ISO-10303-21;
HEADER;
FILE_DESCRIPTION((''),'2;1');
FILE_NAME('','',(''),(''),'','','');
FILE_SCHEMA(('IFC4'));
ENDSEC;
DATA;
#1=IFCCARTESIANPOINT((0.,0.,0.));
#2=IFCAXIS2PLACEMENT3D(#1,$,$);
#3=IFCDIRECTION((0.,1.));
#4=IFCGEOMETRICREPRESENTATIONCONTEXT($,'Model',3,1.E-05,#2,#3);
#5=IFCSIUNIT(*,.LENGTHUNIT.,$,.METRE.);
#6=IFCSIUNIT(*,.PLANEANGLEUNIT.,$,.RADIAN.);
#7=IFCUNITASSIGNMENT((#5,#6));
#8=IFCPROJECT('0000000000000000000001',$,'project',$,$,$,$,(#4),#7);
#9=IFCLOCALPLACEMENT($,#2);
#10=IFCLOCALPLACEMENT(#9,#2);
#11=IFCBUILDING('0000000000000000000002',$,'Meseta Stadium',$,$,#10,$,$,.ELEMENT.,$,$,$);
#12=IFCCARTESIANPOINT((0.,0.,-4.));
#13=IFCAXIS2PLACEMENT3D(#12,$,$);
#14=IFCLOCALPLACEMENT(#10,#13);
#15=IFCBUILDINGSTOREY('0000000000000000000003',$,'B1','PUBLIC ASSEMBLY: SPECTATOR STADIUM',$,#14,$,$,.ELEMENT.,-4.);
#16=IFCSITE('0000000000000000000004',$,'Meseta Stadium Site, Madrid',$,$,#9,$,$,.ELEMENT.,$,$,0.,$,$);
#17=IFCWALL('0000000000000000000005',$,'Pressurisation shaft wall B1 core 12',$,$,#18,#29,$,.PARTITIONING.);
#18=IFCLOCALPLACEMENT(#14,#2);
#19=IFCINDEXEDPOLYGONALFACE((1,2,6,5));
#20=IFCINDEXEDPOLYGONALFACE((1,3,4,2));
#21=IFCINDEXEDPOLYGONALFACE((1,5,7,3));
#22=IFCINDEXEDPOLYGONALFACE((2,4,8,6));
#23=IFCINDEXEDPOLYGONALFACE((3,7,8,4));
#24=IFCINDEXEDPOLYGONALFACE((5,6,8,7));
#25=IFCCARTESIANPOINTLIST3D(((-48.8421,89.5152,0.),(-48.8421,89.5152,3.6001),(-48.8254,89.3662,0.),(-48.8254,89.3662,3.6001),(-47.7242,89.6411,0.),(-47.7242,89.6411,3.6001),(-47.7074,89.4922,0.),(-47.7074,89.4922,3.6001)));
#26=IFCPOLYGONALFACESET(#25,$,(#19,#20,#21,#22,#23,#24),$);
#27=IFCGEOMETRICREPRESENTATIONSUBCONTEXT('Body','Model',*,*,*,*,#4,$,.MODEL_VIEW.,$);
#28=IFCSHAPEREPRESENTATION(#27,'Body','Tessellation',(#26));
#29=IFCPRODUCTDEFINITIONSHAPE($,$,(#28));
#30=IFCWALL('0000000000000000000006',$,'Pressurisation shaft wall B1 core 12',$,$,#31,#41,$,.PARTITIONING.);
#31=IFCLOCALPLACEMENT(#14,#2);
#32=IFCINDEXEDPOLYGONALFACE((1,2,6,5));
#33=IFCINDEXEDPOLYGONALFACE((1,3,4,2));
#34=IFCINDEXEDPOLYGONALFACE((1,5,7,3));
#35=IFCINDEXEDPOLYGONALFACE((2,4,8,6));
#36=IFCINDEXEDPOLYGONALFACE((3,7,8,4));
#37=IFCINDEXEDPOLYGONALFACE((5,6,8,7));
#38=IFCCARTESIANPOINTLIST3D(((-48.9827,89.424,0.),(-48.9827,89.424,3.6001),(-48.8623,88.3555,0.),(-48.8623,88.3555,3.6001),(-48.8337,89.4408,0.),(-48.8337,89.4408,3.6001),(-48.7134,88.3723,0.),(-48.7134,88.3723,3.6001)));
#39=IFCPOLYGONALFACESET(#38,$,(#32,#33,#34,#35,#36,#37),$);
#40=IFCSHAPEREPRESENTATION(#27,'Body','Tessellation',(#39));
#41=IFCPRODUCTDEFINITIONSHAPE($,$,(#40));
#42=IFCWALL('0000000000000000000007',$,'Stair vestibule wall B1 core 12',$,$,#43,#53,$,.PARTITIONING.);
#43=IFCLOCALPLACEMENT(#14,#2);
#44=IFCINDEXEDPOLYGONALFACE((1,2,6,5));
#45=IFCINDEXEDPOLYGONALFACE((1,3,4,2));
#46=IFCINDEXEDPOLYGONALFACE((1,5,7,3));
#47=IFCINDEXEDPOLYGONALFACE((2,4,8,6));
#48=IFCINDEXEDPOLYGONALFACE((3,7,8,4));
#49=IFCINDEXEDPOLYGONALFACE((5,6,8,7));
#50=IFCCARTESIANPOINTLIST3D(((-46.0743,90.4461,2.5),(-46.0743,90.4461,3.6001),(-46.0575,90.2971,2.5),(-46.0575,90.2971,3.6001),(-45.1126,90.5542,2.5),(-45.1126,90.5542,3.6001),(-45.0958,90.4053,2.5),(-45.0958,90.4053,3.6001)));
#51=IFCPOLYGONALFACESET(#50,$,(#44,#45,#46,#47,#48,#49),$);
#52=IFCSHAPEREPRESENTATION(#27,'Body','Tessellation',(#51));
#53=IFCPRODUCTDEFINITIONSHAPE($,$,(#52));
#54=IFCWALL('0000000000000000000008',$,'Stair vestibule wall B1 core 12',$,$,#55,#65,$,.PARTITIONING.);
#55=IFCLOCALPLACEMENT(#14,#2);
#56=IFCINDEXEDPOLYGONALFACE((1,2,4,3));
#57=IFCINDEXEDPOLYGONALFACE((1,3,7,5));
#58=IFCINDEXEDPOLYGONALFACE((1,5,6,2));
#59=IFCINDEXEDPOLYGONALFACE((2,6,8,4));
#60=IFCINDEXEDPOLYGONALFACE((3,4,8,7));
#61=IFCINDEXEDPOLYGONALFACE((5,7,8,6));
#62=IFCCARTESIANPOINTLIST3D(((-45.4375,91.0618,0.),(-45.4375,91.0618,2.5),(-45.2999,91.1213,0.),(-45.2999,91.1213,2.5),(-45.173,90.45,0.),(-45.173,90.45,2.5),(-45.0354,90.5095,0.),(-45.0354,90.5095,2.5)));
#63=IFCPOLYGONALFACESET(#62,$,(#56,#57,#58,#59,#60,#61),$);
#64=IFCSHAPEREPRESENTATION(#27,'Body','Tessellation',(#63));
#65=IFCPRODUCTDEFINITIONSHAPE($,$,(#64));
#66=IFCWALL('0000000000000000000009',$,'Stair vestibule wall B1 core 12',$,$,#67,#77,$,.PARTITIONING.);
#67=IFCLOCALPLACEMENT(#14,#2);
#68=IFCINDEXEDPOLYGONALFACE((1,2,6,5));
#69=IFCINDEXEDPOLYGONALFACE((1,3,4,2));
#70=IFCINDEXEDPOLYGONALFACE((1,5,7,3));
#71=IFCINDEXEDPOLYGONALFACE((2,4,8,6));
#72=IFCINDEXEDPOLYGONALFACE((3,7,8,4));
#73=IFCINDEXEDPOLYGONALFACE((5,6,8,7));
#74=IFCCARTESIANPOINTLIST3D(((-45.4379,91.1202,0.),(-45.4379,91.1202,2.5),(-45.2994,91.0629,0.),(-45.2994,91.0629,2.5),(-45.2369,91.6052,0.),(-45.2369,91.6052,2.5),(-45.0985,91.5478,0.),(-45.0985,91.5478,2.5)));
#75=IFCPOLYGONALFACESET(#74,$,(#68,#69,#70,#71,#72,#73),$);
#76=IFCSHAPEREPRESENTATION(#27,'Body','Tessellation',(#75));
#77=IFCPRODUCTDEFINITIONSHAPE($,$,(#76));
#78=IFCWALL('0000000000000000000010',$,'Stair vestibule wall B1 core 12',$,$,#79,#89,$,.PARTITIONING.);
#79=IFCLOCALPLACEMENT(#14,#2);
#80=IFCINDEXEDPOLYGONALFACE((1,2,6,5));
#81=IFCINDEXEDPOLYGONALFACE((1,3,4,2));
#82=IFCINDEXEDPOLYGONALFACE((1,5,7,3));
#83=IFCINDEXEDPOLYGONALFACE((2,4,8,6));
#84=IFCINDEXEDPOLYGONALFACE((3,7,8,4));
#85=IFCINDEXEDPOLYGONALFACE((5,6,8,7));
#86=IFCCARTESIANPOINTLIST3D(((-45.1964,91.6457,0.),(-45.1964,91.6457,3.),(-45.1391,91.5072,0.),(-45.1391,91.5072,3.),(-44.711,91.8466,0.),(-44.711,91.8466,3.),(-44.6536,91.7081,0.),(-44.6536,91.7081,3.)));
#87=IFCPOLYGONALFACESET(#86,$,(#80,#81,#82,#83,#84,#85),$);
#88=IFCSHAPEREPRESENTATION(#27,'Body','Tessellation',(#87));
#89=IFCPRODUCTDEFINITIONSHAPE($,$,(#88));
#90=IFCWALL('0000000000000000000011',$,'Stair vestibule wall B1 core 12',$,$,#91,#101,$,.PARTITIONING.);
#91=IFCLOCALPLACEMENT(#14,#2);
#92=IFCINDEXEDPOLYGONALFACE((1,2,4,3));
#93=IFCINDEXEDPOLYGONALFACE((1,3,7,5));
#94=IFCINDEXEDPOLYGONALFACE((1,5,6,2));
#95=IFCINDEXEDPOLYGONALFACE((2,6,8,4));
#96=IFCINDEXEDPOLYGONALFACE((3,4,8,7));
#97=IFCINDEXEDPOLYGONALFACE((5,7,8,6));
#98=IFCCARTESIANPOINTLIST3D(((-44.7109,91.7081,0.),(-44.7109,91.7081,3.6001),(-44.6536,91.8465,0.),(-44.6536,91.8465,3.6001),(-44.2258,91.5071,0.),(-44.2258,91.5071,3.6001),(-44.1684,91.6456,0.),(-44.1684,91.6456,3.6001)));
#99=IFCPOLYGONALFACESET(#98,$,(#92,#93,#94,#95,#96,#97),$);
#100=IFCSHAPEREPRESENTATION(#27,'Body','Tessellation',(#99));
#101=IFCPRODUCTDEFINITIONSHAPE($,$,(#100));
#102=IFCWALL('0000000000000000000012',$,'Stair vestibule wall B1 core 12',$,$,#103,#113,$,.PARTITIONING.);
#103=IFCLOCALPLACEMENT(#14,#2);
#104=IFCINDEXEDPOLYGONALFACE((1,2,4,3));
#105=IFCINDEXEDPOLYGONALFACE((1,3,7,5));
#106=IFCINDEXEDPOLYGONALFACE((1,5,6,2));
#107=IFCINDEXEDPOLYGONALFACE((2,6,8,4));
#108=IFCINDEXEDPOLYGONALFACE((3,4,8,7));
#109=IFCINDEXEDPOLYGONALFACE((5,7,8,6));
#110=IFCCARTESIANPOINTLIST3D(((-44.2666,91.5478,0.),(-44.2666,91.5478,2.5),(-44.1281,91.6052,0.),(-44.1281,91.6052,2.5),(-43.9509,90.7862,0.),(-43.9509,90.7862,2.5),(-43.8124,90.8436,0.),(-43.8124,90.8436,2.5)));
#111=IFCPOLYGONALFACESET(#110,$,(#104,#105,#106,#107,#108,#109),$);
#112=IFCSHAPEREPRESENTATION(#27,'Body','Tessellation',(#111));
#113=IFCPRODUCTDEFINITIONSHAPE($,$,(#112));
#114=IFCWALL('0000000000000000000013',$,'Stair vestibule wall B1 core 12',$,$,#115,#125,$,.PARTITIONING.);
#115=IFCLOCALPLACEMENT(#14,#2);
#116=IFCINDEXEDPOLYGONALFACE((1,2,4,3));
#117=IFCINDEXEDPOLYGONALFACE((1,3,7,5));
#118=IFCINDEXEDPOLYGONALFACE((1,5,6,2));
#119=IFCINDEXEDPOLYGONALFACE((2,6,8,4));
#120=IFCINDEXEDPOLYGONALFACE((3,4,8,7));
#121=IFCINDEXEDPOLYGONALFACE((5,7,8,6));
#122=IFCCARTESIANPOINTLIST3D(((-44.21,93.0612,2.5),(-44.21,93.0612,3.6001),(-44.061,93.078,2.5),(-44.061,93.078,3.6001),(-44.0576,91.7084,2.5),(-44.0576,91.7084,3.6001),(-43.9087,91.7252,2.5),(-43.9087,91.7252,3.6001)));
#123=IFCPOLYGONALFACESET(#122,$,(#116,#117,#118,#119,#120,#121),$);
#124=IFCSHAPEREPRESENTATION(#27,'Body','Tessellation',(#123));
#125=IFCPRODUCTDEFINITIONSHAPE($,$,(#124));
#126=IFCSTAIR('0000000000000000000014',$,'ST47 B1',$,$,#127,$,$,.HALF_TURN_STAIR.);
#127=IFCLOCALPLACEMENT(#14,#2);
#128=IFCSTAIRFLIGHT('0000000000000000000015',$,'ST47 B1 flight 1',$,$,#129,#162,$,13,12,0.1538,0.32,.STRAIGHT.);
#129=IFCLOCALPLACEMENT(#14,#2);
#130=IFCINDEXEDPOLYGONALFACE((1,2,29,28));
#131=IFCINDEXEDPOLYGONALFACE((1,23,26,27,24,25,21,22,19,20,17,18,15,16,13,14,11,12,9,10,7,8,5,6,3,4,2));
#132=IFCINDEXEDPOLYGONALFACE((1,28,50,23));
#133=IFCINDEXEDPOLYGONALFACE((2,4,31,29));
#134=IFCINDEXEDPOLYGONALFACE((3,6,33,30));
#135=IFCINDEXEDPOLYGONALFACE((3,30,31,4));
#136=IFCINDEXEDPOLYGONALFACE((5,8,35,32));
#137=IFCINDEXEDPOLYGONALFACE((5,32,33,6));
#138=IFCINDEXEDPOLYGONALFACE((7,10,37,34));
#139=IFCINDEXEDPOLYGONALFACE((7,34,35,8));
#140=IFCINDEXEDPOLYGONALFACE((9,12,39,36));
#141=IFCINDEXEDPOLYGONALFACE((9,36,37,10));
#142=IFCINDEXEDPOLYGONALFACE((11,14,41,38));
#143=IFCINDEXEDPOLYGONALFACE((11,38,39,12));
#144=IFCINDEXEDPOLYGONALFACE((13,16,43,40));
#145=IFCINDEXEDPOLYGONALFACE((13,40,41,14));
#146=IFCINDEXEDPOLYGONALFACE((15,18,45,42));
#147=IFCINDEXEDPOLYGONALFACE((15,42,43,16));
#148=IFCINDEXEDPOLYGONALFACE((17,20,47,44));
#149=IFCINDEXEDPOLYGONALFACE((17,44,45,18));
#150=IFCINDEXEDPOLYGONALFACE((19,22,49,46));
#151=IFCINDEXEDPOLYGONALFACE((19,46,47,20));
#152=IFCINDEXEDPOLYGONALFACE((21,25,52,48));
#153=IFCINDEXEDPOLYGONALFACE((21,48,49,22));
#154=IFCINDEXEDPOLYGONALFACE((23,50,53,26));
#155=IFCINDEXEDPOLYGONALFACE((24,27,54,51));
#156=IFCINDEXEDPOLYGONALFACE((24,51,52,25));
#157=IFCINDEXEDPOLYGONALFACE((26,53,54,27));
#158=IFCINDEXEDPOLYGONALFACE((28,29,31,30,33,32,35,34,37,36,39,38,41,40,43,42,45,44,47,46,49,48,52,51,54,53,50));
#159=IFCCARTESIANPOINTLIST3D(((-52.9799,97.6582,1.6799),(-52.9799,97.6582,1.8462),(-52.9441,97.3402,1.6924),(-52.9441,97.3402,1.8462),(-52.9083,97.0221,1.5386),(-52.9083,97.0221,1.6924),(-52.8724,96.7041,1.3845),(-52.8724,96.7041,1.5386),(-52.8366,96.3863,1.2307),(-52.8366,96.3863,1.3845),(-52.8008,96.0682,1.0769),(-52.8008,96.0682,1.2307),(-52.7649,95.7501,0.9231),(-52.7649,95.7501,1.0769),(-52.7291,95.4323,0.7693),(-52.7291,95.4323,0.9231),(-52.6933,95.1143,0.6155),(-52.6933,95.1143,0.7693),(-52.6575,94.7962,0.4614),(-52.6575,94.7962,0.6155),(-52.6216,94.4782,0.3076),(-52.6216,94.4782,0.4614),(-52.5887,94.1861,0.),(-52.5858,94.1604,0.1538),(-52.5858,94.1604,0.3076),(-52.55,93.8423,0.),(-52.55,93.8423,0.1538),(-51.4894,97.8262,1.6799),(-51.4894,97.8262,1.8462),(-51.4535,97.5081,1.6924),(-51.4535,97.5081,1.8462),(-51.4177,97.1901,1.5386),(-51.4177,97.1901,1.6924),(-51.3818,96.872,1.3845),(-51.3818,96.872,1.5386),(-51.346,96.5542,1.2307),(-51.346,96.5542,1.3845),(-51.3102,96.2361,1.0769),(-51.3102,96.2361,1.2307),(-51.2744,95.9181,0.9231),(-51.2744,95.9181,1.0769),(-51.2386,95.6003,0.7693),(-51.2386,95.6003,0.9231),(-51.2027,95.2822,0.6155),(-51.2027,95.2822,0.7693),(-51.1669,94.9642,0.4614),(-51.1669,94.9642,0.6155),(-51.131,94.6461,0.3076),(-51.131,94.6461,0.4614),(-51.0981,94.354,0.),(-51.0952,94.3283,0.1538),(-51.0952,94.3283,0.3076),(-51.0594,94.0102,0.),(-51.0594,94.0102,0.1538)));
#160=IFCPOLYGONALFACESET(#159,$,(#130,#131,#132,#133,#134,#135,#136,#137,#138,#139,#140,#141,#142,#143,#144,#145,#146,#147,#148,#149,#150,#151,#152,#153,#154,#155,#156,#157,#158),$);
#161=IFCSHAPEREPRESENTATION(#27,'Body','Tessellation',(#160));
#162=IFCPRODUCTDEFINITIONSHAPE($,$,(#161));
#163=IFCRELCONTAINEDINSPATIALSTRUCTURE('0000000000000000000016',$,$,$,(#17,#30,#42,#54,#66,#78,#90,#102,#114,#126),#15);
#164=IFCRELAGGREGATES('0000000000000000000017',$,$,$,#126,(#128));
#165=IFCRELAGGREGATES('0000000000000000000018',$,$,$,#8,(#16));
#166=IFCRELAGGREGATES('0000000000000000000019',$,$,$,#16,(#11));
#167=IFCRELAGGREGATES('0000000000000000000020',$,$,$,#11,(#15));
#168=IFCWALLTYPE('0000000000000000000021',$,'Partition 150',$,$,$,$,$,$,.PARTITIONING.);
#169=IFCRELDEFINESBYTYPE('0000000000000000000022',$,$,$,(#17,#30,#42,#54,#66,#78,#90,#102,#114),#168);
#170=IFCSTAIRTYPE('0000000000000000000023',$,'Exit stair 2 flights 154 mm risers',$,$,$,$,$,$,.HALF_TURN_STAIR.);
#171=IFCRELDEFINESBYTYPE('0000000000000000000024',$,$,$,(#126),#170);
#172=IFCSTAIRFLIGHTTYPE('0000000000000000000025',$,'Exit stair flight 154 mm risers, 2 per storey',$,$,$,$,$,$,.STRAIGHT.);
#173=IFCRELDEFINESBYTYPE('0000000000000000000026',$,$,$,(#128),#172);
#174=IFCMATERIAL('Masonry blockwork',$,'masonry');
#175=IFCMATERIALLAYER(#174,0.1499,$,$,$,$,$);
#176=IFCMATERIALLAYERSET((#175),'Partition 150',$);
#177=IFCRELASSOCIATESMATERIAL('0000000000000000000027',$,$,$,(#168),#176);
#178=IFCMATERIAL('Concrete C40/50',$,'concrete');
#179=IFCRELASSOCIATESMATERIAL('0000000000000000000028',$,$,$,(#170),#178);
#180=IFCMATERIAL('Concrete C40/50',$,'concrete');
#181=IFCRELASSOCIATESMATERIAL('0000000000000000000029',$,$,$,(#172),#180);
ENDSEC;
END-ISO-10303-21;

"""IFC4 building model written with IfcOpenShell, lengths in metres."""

from ifc_helpers import new_model, si_unit, direction, frame, frame_2d, origin, place, context, subcontext, project, spatial, polyline, rectangle, outline, extrude, material, layer, layer_set, type_object, element, aggregate, save


model = new_model("IFC4")

# Units and contexts
model_context = context("Model", 3, precision=1e-05, world=origin(), true_north=direction((0.0, 1.0)))
body_context = subcontext(model_context, "Body", "Model", "MODEL_VIEW")
ifc_project = project(units=[si_unit("LENGTHUNIT", "METRE"), si_unit("PLANEANGLEUNIT", "RADIAN")], contexts=[model_context])

# Site, building, storey
site_placement = place(None, origin())
site = spatial("IfcSite", under=ifc_project, at=site_placement, Name="Meseta Stadium Site, Madrid", CompositionType="ELEMENT", RefElevation=0.0)
building_placement = place(site_placement, origin())
building = spatial("IfcBuilding", under=site, at=building_placement, Name="Meseta Stadium", CompositionType="ELEMENT")
storey_placement = place(building_placement, frame((0.0, 0.0, -4.0)))
storey = spatial("IfcBuildingStorey", under=building, at=storey_placement, Name="B1", Description="PUBLIC ASSEMBLY: SPECTATOR STADIUM", CompositionType="ELEMENT", Elevation=-4.0)

# Walls
ifc_material_1 = material(Name="Masonry blockwork", Category="masonry")
ifc_layer_1 = layer(ifc_material_1, 0.1499)
ifc_layer_set_1 = layer_set([ifc_layer_1], Name="Partition 150")
wall_type_1 = type_object("IfcWallType", Name="Partition 150", PredefinedType="PARTITIONING", material=ifc_layer_set_1)
wall_1_placement = place(storey_placement, frame((-47.7158, 89.5667, 0.0), z_axis=(0.0, 0.0, 1.0), x_axis=(-0.993711, -0.11198, 0.0)))
element("IfcWall", 1, at=wall_1_placement, inside=storey, type_object=wall_type_1, Name="Pressurisation shaft wall B1 core 12", PredefinedType="PARTITIONING", context=body_context, shape_type="SweptSolid", body=[
    extrude(rectangle(XDim=1.125, YDim=0.1499, at=frame_2d((0.5625, 0.0))), origin(), (0.0, 0.0, 1.0), 3.6001),
])
wall_2_placement = place(storey_placement, frame((-48.9082, 89.4324, 0.0), z_axis=(0.0, 0.0, 1.0), x_axis=(0.111952, -0.993714, 0.0)))
element("IfcWall", 2, at=wall_2_placement, inside=storey, type_object=wall_type_1, Name="Pressurisation shaft wall B1 core 12", PredefinedType="PARTITIONING", context=body_context, shape_type="SweptSolid", body=[
    extrude(rectangle(XDim=1.0752, YDim=0.1499, at=frame_2d((0.5376, 0.0))), origin(), (0.0, 0.0, 1.0), 3.6001),
])
wall_3_placement = place(storey_placement, frame((-46.0659, 90.3716, 2.5), z_axis=(0.0, 0.0, 1.0), x_axis=(0.993735, 0.111761, 0.0)))
element("IfcWall", 3, at=wall_3_placement, inside=storey, type_object=wall_type_1, Name="Stair vestibule wall B1 core 12", PredefinedType="PARTITIONING", context=body_context, shape_type="SweptSolid", body=[
    extrude(rectangle(XDim=0.9678, YDim=0.1499, at=frame_2d((0.4839, 0.0))), origin(), (0.0, 0.0, 1.0), 1.1001),
])
wall_4_placement = place(storey_placement, frame((-45.1042, 90.4797, 0.0), z_axis=(0.0, 0.0, 1.0), x_axis=(-0.396703, 0.917947, 0.0)))
element("IfcWall", 4, at=wall_4_placement, inside=storey, type_object=wall_type_1, Name="Stair vestibule wall B1 core 12", PredefinedType="PARTITIONING", context=body_context, shape_type="SweptSolid", body=[
    extrude(rectangle(XDim=0.6665, YDim=0.1499, at=frame_2d((0.3333, 0.0))), origin(), (0.0, 0.0, 1.0), 2.5),
])
wall_5_placement = place(storey_placement, frame((-45.3687, 91.0916, 0.0), z_axis=(0.0, 0.0, 1.0), x_axis=(0.382831, 0.923818, 0.0)))
element("IfcWall", 5, at=wall_5_placement, inside=storey, type_object=wall_type_1, Name="Stair vestibule wall B1 core 12", PredefinedType="PARTITIONING", context=body_context, shape_type="SweptSolid", body=[
    extrude(rectangle(XDim=0.5249, YDim=0.1499, at=frame_2d((0.2625, 0.0))), origin(), (0.0, 0.0, 1.0), 2.5),
])
wall_6_placement = place(storey_placement, frame((-45.1677, 91.5764, 0.0), z_axis=(0.0, 0.0, 1.0), x_axis=(0.923955, 0.382502, 0.0)))
element("IfcWall", 6, at=wall_6_placement, inside=storey, type_object=wall_type_1, Name="Stair vestibule wall B1 core 12", PredefinedType="PARTITIONING", context=body_context, shape_type="SweptSolid", body=[
    extrude(rectangle(XDim=0.5254, YDim=0.1499, at=frame_2d((0.2627, 0.0))), origin(), (0.0, 0.0, 1.0), 3.0),
])
wall_7_placement = place(storey_placement, frame((-44.6824, 91.7773, 0.0), z_axis=(0.0, 0.0, 1.0), x_axis=(0.923886, -0.382667, 0.0)))
element("IfcWall", 7, at=wall_7_placement, inside=storey, type_object=wall_type_1, Name="Stair vestibule wall B1 core 12", PredefinedType="PARTITIONING", context=body_context, shape_type="SweptSolid", body=[
    extrude(rectangle(XDim=0.5251, YDim=0.1499, at=frame_2d((0.2627, 0.0))), origin(), (0.0, 0.0, 1.0), 3.6001),
])
wall_8_placement = place(storey_placement, frame((-44.1973, 91.5764, 0.0), z_axis=(0.0, 0.0, 1.0), x_axis=(0.382849, -0.923811, 0.0)))
element("IfcWall", 8, at=wall_8_placement, inside=storey, type_object=wall_type_1, Name="Stair vestibule wall B1 core 12", PredefinedType="PARTITIONING", context=body_context, shape_type="SweptSolid", body=[
    extrude(rectangle(XDim=0.8245, YDim=0.1499, at=frame_2d((0.4121, 0.0))), origin(), (0.0, 0.0, 1.0), 2.5),
])
wall_9_placement = place(storey_placement, frame((-43.9832, 91.7168, 2.5), z_axis=(0.0, 0.0, 1.0), x_axis=(-0.111908, 0.993719, 0.0)))
element("IfcWall", 9, at=wall_9_placement, inside=storey, type_object=wall_type_1, Name="Stair vestibule wall B1 core 12", PredefinedType="PARTITIONING", context=body_context, shape_type="SweptSolid", body=[
    extrude(rectangle(XDim=1.3613, YDim=0.1499, at=frame_2d((0.6807, 0.0))), origin(), (0.0, 0.0, 1.0), 1.1001),
])

# Stair, stair flight
ifc_material_2 = material(Name="Concrete C40/50", Category="concrete")
stair_type = type_object("IfcStairType", Name="Exit stair 2 flights 154 mm risers", PredefinedType="HALF_TURN_STAIR", material=ifc_material_2)
stair_placement = place(storey_placement, origin())
stair = element("IfcStair", 10, at=stair_placement, inside=storey, type_object=stair_type, Name="ST47 B1", PredefinedType="HALF_TURN_STAIR")
ifc_material_3 = material(Name="Concrete C40/50", Category="concrete")
stair_flight_type = type_object("IfcStairFlightType", Name="Exit stair flight 154 mm risers, 2 per storey", PredefinedType="STRAIGHT", material=ifc_material_3)
stair_flight_placement = place(storey_placement, frame((-51.8047, 93.9263, 0.0), z_axis=(0.0, 0.0, 1.0), x_axis=(-0.111964, 0.993712, 0.0)))
stair_flight = element("IfcStairFlight", 11, at=stair_flight_placement, type_object=stair_flight_type, Name="ST47 B1 flight 1", NumberOfRisers=13, NumberOfTreads=12, PredefinedType="STRAIGHT", RiserHeight=0.1538, TreadLength=0.32, context=body_context, shape_type="SweptSolid", body=[
    extrude(outline(polyline([(0.0, 0.0), (0.0, 0.1538), (0.3201, 0.1538), (0.3201, 0.3076), (0.6399, 0.3076), (0.6399, 0.4614), (0.96, 0.4614), (0.96, 0.6155), (1.28, 0.6155), (1.28, 0.7693), (1.6001, 0.7693), (1.6001, 0.9231), (1.9199, 0.9231), (1.9199, 1.0769), (2.24, 1.0769), (2.24, 1.2307), (2.5601, 1.2307), (2.5601, 1.3845), (2.8799, 1.3845), (2.8799, 1.5386), (3.2, 1.5386), (3.2, 1.6924), (3.52, 1.6924), (3.52, 1.8462), (3.8401, 1.8462), (3.8401, 1.6799), (0.3459, 0.0), (0.0, 0.0)])), frame((0.0, 0.75, 0.0), z_axis=(0.0, -1.0, 0.0), x_axis=(1.0, 0.0, 0.0)), (0.0, 0.0, 1.0), 1.5),
])
aggregate(stair, [stair_flight])

save(model, "model.ifc")
